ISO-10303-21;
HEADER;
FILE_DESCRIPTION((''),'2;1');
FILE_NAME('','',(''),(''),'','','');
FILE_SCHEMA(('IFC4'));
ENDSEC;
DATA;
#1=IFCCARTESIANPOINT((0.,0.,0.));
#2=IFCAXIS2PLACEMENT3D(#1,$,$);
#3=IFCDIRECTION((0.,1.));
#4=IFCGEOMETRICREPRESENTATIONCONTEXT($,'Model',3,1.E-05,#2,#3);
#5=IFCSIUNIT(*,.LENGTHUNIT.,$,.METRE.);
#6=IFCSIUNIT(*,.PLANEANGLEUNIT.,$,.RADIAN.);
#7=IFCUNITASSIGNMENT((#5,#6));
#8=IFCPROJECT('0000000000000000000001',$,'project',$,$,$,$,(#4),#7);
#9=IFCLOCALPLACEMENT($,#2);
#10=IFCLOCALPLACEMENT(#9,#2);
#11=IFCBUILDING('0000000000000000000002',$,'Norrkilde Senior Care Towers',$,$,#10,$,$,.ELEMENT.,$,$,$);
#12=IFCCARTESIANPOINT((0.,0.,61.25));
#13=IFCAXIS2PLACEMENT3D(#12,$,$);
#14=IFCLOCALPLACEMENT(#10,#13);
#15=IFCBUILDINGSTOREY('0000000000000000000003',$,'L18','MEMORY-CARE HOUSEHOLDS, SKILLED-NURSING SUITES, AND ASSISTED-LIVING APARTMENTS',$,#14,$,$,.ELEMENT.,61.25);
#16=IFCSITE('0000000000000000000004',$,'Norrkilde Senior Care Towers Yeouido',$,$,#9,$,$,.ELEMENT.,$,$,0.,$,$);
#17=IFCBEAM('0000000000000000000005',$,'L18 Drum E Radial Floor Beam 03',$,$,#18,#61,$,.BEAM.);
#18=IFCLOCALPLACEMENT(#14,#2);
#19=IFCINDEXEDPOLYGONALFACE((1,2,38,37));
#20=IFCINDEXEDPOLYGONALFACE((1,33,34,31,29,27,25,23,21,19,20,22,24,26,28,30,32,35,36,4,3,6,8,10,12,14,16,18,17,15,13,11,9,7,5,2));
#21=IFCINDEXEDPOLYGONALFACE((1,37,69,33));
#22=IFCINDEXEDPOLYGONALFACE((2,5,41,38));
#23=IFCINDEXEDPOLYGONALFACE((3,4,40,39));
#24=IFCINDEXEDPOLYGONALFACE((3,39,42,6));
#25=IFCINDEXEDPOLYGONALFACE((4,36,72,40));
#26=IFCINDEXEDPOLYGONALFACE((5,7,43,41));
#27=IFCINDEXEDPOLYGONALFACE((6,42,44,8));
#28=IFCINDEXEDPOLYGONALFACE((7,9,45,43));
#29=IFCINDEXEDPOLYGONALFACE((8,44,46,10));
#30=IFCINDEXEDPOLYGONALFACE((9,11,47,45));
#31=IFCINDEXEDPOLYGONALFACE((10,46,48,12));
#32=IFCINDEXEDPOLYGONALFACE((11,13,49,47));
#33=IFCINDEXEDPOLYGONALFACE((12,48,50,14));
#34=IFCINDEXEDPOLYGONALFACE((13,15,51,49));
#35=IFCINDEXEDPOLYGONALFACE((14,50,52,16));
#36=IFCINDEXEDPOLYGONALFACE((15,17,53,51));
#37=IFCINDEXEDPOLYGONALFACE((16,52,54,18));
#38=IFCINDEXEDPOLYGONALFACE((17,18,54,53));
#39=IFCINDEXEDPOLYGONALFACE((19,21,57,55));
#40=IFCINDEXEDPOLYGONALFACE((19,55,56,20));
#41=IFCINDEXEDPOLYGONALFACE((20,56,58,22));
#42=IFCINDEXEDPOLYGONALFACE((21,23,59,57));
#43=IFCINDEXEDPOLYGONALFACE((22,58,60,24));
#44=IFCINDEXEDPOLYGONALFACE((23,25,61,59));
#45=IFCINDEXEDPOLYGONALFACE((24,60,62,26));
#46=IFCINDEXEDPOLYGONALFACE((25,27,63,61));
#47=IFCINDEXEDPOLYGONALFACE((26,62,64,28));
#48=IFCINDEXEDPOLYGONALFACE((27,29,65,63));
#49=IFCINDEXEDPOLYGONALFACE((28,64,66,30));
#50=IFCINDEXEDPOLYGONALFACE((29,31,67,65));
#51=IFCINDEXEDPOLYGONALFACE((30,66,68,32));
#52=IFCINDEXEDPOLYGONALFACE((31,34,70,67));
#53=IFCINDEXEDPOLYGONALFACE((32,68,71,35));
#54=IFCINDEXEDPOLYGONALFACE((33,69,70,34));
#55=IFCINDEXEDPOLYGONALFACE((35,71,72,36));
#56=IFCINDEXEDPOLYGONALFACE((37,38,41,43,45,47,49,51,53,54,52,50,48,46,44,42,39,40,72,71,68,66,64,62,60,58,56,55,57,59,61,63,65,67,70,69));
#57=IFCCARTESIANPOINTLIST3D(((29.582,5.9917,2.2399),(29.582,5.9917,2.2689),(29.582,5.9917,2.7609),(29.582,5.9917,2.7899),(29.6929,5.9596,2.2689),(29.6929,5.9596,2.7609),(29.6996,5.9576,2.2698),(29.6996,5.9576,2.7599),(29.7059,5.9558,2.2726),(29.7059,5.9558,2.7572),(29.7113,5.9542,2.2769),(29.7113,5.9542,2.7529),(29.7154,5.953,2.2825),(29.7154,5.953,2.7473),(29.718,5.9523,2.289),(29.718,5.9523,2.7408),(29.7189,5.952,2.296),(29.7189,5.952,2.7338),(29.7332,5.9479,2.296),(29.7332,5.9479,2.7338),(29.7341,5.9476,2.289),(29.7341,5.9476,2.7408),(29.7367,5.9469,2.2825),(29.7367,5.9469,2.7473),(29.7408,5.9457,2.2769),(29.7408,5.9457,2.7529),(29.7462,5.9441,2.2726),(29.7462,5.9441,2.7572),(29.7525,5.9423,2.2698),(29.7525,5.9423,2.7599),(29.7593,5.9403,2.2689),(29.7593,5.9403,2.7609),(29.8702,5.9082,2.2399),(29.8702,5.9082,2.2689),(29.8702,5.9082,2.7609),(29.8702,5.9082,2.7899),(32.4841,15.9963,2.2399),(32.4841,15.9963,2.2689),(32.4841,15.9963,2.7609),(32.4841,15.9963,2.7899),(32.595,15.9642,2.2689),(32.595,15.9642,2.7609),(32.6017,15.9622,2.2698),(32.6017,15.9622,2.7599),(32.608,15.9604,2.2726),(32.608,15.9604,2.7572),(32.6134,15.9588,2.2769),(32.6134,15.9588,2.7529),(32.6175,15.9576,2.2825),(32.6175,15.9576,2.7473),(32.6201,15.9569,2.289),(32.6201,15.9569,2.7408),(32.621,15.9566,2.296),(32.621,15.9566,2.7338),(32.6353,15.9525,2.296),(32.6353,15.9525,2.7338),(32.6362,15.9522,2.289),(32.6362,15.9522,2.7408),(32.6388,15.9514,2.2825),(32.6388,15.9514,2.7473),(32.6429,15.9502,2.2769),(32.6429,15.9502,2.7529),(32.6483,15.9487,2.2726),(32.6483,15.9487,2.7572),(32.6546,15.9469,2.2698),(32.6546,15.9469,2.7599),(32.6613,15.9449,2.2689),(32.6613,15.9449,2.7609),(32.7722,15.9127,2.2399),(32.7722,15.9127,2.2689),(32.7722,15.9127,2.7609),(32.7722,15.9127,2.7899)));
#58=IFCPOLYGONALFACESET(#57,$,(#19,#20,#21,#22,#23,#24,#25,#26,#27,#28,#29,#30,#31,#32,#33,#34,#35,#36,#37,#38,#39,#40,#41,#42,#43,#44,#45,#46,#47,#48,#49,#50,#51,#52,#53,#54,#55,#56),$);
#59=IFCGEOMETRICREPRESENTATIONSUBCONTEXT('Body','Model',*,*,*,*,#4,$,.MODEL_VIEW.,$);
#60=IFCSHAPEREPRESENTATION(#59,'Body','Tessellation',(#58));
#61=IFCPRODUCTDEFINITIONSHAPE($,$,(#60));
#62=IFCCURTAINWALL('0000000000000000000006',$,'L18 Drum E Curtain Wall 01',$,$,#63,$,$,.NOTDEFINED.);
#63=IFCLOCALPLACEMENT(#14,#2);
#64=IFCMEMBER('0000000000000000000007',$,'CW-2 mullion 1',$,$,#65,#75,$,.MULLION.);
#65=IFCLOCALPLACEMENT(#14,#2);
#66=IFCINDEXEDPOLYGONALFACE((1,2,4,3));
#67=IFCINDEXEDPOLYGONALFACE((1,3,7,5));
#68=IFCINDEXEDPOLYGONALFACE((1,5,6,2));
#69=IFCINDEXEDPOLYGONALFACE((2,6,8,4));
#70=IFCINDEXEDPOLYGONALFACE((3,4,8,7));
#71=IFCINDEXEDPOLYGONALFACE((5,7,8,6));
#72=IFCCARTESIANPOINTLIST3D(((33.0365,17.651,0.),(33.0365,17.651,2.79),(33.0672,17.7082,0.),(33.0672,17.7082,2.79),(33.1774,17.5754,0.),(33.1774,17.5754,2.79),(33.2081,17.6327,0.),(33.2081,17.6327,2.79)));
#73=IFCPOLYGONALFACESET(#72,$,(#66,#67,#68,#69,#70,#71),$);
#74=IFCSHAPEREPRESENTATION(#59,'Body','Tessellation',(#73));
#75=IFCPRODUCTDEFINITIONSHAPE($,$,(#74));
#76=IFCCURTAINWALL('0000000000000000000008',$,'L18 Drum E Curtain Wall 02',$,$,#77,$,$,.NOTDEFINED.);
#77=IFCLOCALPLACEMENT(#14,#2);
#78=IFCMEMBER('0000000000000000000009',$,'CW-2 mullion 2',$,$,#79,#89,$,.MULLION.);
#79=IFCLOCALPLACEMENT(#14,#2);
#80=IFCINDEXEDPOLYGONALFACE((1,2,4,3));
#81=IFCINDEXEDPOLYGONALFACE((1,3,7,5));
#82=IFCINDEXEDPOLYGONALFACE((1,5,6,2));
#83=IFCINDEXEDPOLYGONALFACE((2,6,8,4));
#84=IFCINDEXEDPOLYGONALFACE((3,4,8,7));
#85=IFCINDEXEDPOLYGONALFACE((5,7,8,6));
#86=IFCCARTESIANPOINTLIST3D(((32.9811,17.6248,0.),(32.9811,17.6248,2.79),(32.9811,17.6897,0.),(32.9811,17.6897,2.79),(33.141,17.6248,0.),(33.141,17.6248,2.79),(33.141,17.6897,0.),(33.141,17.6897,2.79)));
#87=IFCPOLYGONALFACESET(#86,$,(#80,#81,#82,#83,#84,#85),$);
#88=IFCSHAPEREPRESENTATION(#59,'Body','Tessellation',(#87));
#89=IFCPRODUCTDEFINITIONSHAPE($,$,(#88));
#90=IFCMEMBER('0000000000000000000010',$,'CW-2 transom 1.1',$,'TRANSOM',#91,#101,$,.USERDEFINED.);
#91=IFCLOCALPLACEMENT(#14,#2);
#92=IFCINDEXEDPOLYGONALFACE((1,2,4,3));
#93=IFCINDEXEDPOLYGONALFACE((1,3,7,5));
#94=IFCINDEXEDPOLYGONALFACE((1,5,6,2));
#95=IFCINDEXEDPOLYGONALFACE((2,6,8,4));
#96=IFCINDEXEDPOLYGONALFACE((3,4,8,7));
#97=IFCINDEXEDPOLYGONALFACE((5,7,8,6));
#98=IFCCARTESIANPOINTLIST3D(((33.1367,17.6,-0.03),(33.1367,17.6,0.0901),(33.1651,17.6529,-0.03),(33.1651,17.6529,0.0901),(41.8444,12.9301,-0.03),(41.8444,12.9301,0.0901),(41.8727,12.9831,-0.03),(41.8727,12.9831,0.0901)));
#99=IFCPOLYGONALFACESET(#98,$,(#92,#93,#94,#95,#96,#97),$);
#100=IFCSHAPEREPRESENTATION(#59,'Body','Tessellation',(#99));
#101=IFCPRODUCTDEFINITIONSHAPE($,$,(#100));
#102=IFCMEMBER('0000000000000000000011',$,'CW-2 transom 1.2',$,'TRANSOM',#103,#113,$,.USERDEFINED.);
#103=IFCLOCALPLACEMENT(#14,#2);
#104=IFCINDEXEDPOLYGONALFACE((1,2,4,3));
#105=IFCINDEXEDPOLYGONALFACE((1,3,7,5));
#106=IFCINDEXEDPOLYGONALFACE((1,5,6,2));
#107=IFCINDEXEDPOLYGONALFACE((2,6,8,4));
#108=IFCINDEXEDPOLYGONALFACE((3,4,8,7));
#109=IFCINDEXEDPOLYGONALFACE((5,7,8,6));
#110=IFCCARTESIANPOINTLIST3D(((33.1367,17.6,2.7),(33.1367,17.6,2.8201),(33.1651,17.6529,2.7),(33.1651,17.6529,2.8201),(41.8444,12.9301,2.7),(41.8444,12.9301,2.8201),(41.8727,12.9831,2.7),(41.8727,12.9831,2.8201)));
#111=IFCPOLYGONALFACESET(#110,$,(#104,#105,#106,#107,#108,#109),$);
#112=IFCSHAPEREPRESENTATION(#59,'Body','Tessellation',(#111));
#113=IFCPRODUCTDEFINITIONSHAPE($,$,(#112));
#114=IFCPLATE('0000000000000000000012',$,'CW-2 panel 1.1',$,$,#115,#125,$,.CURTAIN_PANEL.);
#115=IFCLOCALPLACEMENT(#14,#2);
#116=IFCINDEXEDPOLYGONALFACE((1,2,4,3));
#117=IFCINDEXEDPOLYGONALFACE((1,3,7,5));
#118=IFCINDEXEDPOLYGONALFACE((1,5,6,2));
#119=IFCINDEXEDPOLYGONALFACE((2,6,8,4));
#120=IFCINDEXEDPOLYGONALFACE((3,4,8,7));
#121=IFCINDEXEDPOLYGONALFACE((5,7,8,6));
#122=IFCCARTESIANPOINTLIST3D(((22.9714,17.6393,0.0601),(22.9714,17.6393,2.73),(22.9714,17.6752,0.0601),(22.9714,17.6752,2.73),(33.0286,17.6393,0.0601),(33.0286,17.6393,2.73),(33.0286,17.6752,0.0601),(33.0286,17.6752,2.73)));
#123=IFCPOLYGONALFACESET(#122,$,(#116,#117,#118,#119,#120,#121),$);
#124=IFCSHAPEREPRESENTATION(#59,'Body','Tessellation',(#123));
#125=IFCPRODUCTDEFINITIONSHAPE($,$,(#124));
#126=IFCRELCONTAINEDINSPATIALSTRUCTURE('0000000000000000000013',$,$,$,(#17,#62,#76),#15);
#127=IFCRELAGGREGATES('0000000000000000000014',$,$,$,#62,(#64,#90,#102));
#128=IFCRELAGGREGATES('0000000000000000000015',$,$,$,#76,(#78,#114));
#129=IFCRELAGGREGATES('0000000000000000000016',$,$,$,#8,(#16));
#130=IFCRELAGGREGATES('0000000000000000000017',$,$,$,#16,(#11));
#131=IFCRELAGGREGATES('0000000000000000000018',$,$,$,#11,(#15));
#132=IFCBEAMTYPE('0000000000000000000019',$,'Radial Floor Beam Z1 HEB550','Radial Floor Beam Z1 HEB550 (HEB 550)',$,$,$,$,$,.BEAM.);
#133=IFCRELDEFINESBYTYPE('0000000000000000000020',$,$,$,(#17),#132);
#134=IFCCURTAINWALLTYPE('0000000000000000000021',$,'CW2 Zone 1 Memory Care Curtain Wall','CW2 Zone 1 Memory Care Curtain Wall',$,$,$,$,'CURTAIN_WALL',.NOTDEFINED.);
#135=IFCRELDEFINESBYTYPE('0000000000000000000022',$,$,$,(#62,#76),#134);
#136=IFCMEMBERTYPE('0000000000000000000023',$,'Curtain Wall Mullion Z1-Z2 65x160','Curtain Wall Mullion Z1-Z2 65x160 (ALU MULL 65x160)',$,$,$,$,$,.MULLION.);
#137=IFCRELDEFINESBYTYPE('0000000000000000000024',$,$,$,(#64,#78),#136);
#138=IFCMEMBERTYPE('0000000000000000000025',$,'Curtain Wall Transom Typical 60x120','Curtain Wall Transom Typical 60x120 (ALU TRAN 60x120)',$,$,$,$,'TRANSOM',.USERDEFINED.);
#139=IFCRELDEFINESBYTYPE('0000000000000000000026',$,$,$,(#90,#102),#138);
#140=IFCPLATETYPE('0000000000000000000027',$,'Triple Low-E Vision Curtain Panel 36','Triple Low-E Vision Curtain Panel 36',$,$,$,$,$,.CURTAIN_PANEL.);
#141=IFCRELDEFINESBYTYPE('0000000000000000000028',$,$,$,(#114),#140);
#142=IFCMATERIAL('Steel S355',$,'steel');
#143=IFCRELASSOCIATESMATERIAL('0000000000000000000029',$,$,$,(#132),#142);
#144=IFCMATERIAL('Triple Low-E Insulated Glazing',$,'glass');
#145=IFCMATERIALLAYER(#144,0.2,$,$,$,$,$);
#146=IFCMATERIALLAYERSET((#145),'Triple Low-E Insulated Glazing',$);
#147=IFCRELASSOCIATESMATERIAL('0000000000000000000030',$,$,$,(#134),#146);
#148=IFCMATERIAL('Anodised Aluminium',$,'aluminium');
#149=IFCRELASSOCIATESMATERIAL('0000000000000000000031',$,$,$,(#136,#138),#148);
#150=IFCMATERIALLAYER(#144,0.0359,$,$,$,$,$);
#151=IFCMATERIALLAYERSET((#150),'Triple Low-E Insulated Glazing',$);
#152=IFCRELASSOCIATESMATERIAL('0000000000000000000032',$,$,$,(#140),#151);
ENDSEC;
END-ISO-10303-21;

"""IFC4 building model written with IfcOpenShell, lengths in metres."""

from ifc_helpers import new_model, si_unit, direction, frame, origin, origin_2d, place, context, subcontext, project, spatial, rectangle, i_section, extrude, source, transform, mapped, material, layer, layer_set, material_profile, profile_set, type_object, type_shapes, element, aggregate, save


model = new_model("IFC4")

# Units and contexts
model_context = context("Model", 3, precision=1e-05, world=origin(), true_north=direction((0.0, 1.0)))
body_context = subcontext(model_context, "Body", "Model", "MODEL_VIEW")
ifc_project = project(units=[si_unit("LENGTHUNIT", "METRE"), si_unit("PLANEANGLEUNIT", "RADIAN")], contexts=[model_context])

# Site, building, storey
site_placement = place(None, origin())
site = spatial("IfcSite", under=ifc_project, at=site_placement, Name="Norrkilde Senior Care Towers Yeouido", CompositionType="ELEMENT", RefElevation=0.0)
building_placement = place(site_placement, origin())
building = spatial("IfcBuilding", under=site, at=building_placement, Name="Norrkilde Senior Care Towers", CompositionType="ELEMENT")
storey_placement = place(building_placement, frame((0.0, 0.0, 61.25)))
storey = spatial("IfcBuildingStorey", under=building, at=storey_placement, Name="L18", Description="MEMORY-CARE HOUSEHOLDS, SKILLED-NURSING SUITES, AND ASSISTED-LIVING APARTMENTS", CompositionType="ELEMENT", Elevation=61.25)

# Beam
ifc_material_1 = material(Name="Steel S355", Category="steel")
ifc_material_profile_1 = material_profile(ifc_material_1, i_section(OverallWidth=0.3, OverallDepth=0.55, WebThickness=0.0149, FlangeThickness=0.0291, FilletRadius=0.0271, at=origin_2d()), Name="HEB 550")
ifc_profile_set_1 = profile_set([ifc_material_profile_1], Name="Steel S355")
beam_type_1 = type_object("IfcBeamType", Name="Radial Floor Beam Z1 HEB550", Description="Radial Floor Beam Z1 HEB550 (HEB 550)", PredefinedType="BEAM", material=ifc_profile_set_1)
shared_shape_1 = source(origin(), body_context, "Body", "SweptSolid", [
    extrude(i_section(OverallWidth=0.3, OverallDepth=0.55, WebThickness=0.0149, FlangeThickness=0.0291, FilletRadius=0.0271, at=origin_2d()), origin(), (0.0, 0.0, 1.0), 10.417),
])
beam_1_placement = place(storey_placement, frame((29.7261, 5.95, 2.5149), z_axis=(0.278591, 0.96041, 0.0), x_axis=(-0.96041, 0.278591, 0.0)))
element("IfcBeam", 1, at=beam_1_placement, inside=storey, type_object=beam_type_1, Name="L18 Drum E Radial Floor Beam 03", PredefinedType="BEAM", context=body_context, shape_type="MappedRepresentation", body=[
    mapped(shared_shape_1, transform((0.0, 0.0, 0.0), x_axis=(1.0, 0.0, 0.0), y_axis=(0.0, 1.0, 0.0), z_axis=(0.0, 0.0, 1.0), scale=1.0)),
])

# Curtain walls, members
ifc_material_2 = material(Name="Triple Low-E Insulated Glazing", Category="glass")
ifc_layer_1 = layer(ifc_material_2, 0.2)
ifc_layer_set_1 = layer_set([ifc_layer_1], Name="Triple Low-E Insulated Glazing")
curtain_wall_type = type_object("IfcCurtainWallType", Name="CW2 Zone 1 Memory Care Curtain Wall", Description="CW2 Zone 1 Memory Care Curtain Wall", ElementType="CURTAIN_WALL", PredefinedType="NOTDEFINED", material=ifc_layer_set_1)
curtain_wall_1_placement = place(storey_placement, origin())
curtain_wall_1 = element("IfcCurtainWall", 2, at=curtain_wall_1_placement, inside=storey, type_object=curtain_wall_type, Name="L18 Drum E Curtain Wall 01", PredefinedType="NOTDEFINED")
ifc_material_3 = material(Name="Anodised Aluminium", Category="aluminium")
ifc_material_profile_2 = material_profile(ifc_material_3, rectangle(XDim=0.0649, YDim=0.1599, at=origin_2d()), Name="ALU MULL 65x160")
ifc_profile_set_2 = profile_set([ifc_material_profile_2], Name="Anodised Aluminium")
member_type_1 = type_object("IfcMemberType", Name="Curtain Wall Mullion Z1-Z2 65x160", Description="Curtain Wall Mullion Z1-Z2 65x160 (ALU MULL 65x160)", PredefinedType="MULLION", material=ifc_profile_set_2)
shared_shape_2 = source(origin(), body_context, "Body", "SweptSolid", [
    extrude(rectangle(XDim=0.0649, YDim=0.1599, at=origin_2d()), origin(), (0.0, 0.0, 1.0), 2.79),
])
type_shapes(member_type_1, [shared_shape_2])
member_1_placement = place(storey_placement, frame((33.1223, 17.6418, 0.0), z_axis=(0.0, 0.0, 1.0), x_axis=(0.472608, 0.881273, 0.0)))
member_1 = element("IfcMember", 3, at=member_1_placement, type_object=member_type_1, Name="CW-2 mullion 1", PredefinedType="MULLION", context=body_context, shape_type="MappedRepresentation", body=[
    mapped(shared_shape_2, transform((0.0, 0.0, 0.0), x_axis=(1.0, 0.0, 0.0), y_axis=(0.0, 1.0, 0.0), z_axis=(0.0, 0.0, 1.0), scale=1.0)),
])
curtain_wall_2_placement = place(storey_placement, origin())
curtain_wall_2 = element("IfcCurtainWall", 4, at=curtain_wall_2_placement, inside=storey, type_object=curtain_wall_type, Name="L18 Drum E Curtain Wall 02", PredefinedType="NOTDEFINED")
member_2_placement = place(storey_placement, frame((33.061, 17.6572, 0.0), z_axis=(0.0, 0.0, 1.0), x_axis=(0.0, 1.0, 0.0)))
member_2 = element("IfcMember", 5, at=member_2_placement, type_object=member_type_1, Name="CW-2 mullion 2", PredefinedType="MULLION", context=body_context, shape_type="MappedRepresentation", body=[
    mapped(shared_shape_2, transform((0.0, 0.0, 0.0), x_axis=(1.0, 0.0, 0.0), y_axis=(0.0, 1.0, 0.0), z_axis=(0.0, 0.0, 1.0), scale=1.0)),
])

# Members
ifc_material_profile_3 = material_profile(ifc_material_3, rectangle(XDim=0.0601, YDim=0.1201, at=origin_2d()), Name="ALU TRAN 60x120")
ifc_profile_set_3 = profile_set([ifc_material_profile_3], Name="Anodised Aluminium")
member_type_2 = type_object("IfcMemberType", Name="Curtain Wall Transom Typical 60x120", Description="Curtain Wall Transom Typical 60x120 (ALU TRAN 60x120)", ElementType="TRANSOM", PredefinedType="USERDEFINED", material=ifc_profile_set_3)
shared_shape_3 = source(origin(), body_context, "Body", "SweptSolid", [
    extrude(rectangle(XDim=0.0601, YDim=0.1201, at=origin_2d()), origin(), (0.0, 0.0, 1.0), 9.8809),
])
type_shapes(member_type_2, [shared_shape_3])
member_3_placement = place(storey_placement, frame((33.1509, 17.6265, 0.03), z_axis=(0.881267, -0.472618, 0.0), x_axis=(0.472618, 0.881267, 0.0)))
member_3 = element("IfcMember", 6, at=member_3_placement, type_object=member_type_2, Name="CW-2 transom 1.1", ObjectType="TRANSOM", PredefinedType="USERDEFINED", context=body_context, shape_type="MappedRepresentation", body=[
    mapped(shared_shape_3, transform((0.0, 0.0, 0.0), x_axis=(1.0, 0.0, 0.0), y_axis=(0.0, 1.0, 0.0), z_axis=(0.0, 0.0, 1.0), scale=1.0)),
])
member_4_placement = place(storey_placement, frame((33.1509, 17.6265, 2.76), z_axis=(0.881267, -0.472618, 0.0), x_axis=(0.472618, 0.881267, 0.0)))
member_4 = element("IfcMember", 7, at=member_4_placement, type_object=member_type_2, Name="CW-2 transom 1.2", ObjectType="TRANSOM", PredefinedType="USERDEFINED", context=body_context, shape_type="MappedRepresentation", body=[
    mapped(shared_shape_3, transform((0.0, 0.0, 0.0), x_axis=(1.0, 0.0, 0.0), y_axis=(0.0, 1.0, 0.0), z_axis=(0.0, 0.0, 1.0), scale=1.0)),
])
aggregate(curtain_wall_1, [member_1, member_3, member_4])

# Plate
ifc_layer_2 = layer(ifc_material_2, 0.0359)
ifc_layer_set_2 = layer_set([ifc_layer_2], Name="Triple Low-E Insulated Glazing")
plate_type = type_object("IfcPlateType", Name="Triple Low-E Vision Curtain Panel 36", Description="Triple Low-E Vision Curtain Panel 36", PredefinedType="CURTAIN_PANEL", material=ifc_layer_set_2)
shared_shape_4 = source(origin(), body_context, "Body", "SweptSolid", [
    extrude(rectangle(XDim=10.0571, YDim=0.0359, at=origin_2d()), origin(), (0.0, 0.0, 1.0), 2.6699),
])
type_shapes(plate_type, [shared_shape_4])
plate_placement = place(storey_placement, frame((28.0, 17.6572, 0.0601), z_axis=(0.0, 0.0, 1.0), x_axis=(1.0, 0.0, 0.0)))
plate = element("IfcPlate", 8, at=plate_placement, type_object=plate_type, Name="CW-2 panel 1.1", PredefinedType="CURTAIN_PANEL", context=body_context, shape_type="MappedRepresentation", body=[
    mapped(shared_shape_4, transform((0.0, 0.0, 0.0), x_axis=(1.0, 0.0, 0.0), y_axis=(0.0, 1.0, 0.0), z_axis=(0.0, 0.0, 1.0), scale=1.0)),
])
aggregate(curtain_wall_2, [member_2, plate])

save(model, "model.ifc")
